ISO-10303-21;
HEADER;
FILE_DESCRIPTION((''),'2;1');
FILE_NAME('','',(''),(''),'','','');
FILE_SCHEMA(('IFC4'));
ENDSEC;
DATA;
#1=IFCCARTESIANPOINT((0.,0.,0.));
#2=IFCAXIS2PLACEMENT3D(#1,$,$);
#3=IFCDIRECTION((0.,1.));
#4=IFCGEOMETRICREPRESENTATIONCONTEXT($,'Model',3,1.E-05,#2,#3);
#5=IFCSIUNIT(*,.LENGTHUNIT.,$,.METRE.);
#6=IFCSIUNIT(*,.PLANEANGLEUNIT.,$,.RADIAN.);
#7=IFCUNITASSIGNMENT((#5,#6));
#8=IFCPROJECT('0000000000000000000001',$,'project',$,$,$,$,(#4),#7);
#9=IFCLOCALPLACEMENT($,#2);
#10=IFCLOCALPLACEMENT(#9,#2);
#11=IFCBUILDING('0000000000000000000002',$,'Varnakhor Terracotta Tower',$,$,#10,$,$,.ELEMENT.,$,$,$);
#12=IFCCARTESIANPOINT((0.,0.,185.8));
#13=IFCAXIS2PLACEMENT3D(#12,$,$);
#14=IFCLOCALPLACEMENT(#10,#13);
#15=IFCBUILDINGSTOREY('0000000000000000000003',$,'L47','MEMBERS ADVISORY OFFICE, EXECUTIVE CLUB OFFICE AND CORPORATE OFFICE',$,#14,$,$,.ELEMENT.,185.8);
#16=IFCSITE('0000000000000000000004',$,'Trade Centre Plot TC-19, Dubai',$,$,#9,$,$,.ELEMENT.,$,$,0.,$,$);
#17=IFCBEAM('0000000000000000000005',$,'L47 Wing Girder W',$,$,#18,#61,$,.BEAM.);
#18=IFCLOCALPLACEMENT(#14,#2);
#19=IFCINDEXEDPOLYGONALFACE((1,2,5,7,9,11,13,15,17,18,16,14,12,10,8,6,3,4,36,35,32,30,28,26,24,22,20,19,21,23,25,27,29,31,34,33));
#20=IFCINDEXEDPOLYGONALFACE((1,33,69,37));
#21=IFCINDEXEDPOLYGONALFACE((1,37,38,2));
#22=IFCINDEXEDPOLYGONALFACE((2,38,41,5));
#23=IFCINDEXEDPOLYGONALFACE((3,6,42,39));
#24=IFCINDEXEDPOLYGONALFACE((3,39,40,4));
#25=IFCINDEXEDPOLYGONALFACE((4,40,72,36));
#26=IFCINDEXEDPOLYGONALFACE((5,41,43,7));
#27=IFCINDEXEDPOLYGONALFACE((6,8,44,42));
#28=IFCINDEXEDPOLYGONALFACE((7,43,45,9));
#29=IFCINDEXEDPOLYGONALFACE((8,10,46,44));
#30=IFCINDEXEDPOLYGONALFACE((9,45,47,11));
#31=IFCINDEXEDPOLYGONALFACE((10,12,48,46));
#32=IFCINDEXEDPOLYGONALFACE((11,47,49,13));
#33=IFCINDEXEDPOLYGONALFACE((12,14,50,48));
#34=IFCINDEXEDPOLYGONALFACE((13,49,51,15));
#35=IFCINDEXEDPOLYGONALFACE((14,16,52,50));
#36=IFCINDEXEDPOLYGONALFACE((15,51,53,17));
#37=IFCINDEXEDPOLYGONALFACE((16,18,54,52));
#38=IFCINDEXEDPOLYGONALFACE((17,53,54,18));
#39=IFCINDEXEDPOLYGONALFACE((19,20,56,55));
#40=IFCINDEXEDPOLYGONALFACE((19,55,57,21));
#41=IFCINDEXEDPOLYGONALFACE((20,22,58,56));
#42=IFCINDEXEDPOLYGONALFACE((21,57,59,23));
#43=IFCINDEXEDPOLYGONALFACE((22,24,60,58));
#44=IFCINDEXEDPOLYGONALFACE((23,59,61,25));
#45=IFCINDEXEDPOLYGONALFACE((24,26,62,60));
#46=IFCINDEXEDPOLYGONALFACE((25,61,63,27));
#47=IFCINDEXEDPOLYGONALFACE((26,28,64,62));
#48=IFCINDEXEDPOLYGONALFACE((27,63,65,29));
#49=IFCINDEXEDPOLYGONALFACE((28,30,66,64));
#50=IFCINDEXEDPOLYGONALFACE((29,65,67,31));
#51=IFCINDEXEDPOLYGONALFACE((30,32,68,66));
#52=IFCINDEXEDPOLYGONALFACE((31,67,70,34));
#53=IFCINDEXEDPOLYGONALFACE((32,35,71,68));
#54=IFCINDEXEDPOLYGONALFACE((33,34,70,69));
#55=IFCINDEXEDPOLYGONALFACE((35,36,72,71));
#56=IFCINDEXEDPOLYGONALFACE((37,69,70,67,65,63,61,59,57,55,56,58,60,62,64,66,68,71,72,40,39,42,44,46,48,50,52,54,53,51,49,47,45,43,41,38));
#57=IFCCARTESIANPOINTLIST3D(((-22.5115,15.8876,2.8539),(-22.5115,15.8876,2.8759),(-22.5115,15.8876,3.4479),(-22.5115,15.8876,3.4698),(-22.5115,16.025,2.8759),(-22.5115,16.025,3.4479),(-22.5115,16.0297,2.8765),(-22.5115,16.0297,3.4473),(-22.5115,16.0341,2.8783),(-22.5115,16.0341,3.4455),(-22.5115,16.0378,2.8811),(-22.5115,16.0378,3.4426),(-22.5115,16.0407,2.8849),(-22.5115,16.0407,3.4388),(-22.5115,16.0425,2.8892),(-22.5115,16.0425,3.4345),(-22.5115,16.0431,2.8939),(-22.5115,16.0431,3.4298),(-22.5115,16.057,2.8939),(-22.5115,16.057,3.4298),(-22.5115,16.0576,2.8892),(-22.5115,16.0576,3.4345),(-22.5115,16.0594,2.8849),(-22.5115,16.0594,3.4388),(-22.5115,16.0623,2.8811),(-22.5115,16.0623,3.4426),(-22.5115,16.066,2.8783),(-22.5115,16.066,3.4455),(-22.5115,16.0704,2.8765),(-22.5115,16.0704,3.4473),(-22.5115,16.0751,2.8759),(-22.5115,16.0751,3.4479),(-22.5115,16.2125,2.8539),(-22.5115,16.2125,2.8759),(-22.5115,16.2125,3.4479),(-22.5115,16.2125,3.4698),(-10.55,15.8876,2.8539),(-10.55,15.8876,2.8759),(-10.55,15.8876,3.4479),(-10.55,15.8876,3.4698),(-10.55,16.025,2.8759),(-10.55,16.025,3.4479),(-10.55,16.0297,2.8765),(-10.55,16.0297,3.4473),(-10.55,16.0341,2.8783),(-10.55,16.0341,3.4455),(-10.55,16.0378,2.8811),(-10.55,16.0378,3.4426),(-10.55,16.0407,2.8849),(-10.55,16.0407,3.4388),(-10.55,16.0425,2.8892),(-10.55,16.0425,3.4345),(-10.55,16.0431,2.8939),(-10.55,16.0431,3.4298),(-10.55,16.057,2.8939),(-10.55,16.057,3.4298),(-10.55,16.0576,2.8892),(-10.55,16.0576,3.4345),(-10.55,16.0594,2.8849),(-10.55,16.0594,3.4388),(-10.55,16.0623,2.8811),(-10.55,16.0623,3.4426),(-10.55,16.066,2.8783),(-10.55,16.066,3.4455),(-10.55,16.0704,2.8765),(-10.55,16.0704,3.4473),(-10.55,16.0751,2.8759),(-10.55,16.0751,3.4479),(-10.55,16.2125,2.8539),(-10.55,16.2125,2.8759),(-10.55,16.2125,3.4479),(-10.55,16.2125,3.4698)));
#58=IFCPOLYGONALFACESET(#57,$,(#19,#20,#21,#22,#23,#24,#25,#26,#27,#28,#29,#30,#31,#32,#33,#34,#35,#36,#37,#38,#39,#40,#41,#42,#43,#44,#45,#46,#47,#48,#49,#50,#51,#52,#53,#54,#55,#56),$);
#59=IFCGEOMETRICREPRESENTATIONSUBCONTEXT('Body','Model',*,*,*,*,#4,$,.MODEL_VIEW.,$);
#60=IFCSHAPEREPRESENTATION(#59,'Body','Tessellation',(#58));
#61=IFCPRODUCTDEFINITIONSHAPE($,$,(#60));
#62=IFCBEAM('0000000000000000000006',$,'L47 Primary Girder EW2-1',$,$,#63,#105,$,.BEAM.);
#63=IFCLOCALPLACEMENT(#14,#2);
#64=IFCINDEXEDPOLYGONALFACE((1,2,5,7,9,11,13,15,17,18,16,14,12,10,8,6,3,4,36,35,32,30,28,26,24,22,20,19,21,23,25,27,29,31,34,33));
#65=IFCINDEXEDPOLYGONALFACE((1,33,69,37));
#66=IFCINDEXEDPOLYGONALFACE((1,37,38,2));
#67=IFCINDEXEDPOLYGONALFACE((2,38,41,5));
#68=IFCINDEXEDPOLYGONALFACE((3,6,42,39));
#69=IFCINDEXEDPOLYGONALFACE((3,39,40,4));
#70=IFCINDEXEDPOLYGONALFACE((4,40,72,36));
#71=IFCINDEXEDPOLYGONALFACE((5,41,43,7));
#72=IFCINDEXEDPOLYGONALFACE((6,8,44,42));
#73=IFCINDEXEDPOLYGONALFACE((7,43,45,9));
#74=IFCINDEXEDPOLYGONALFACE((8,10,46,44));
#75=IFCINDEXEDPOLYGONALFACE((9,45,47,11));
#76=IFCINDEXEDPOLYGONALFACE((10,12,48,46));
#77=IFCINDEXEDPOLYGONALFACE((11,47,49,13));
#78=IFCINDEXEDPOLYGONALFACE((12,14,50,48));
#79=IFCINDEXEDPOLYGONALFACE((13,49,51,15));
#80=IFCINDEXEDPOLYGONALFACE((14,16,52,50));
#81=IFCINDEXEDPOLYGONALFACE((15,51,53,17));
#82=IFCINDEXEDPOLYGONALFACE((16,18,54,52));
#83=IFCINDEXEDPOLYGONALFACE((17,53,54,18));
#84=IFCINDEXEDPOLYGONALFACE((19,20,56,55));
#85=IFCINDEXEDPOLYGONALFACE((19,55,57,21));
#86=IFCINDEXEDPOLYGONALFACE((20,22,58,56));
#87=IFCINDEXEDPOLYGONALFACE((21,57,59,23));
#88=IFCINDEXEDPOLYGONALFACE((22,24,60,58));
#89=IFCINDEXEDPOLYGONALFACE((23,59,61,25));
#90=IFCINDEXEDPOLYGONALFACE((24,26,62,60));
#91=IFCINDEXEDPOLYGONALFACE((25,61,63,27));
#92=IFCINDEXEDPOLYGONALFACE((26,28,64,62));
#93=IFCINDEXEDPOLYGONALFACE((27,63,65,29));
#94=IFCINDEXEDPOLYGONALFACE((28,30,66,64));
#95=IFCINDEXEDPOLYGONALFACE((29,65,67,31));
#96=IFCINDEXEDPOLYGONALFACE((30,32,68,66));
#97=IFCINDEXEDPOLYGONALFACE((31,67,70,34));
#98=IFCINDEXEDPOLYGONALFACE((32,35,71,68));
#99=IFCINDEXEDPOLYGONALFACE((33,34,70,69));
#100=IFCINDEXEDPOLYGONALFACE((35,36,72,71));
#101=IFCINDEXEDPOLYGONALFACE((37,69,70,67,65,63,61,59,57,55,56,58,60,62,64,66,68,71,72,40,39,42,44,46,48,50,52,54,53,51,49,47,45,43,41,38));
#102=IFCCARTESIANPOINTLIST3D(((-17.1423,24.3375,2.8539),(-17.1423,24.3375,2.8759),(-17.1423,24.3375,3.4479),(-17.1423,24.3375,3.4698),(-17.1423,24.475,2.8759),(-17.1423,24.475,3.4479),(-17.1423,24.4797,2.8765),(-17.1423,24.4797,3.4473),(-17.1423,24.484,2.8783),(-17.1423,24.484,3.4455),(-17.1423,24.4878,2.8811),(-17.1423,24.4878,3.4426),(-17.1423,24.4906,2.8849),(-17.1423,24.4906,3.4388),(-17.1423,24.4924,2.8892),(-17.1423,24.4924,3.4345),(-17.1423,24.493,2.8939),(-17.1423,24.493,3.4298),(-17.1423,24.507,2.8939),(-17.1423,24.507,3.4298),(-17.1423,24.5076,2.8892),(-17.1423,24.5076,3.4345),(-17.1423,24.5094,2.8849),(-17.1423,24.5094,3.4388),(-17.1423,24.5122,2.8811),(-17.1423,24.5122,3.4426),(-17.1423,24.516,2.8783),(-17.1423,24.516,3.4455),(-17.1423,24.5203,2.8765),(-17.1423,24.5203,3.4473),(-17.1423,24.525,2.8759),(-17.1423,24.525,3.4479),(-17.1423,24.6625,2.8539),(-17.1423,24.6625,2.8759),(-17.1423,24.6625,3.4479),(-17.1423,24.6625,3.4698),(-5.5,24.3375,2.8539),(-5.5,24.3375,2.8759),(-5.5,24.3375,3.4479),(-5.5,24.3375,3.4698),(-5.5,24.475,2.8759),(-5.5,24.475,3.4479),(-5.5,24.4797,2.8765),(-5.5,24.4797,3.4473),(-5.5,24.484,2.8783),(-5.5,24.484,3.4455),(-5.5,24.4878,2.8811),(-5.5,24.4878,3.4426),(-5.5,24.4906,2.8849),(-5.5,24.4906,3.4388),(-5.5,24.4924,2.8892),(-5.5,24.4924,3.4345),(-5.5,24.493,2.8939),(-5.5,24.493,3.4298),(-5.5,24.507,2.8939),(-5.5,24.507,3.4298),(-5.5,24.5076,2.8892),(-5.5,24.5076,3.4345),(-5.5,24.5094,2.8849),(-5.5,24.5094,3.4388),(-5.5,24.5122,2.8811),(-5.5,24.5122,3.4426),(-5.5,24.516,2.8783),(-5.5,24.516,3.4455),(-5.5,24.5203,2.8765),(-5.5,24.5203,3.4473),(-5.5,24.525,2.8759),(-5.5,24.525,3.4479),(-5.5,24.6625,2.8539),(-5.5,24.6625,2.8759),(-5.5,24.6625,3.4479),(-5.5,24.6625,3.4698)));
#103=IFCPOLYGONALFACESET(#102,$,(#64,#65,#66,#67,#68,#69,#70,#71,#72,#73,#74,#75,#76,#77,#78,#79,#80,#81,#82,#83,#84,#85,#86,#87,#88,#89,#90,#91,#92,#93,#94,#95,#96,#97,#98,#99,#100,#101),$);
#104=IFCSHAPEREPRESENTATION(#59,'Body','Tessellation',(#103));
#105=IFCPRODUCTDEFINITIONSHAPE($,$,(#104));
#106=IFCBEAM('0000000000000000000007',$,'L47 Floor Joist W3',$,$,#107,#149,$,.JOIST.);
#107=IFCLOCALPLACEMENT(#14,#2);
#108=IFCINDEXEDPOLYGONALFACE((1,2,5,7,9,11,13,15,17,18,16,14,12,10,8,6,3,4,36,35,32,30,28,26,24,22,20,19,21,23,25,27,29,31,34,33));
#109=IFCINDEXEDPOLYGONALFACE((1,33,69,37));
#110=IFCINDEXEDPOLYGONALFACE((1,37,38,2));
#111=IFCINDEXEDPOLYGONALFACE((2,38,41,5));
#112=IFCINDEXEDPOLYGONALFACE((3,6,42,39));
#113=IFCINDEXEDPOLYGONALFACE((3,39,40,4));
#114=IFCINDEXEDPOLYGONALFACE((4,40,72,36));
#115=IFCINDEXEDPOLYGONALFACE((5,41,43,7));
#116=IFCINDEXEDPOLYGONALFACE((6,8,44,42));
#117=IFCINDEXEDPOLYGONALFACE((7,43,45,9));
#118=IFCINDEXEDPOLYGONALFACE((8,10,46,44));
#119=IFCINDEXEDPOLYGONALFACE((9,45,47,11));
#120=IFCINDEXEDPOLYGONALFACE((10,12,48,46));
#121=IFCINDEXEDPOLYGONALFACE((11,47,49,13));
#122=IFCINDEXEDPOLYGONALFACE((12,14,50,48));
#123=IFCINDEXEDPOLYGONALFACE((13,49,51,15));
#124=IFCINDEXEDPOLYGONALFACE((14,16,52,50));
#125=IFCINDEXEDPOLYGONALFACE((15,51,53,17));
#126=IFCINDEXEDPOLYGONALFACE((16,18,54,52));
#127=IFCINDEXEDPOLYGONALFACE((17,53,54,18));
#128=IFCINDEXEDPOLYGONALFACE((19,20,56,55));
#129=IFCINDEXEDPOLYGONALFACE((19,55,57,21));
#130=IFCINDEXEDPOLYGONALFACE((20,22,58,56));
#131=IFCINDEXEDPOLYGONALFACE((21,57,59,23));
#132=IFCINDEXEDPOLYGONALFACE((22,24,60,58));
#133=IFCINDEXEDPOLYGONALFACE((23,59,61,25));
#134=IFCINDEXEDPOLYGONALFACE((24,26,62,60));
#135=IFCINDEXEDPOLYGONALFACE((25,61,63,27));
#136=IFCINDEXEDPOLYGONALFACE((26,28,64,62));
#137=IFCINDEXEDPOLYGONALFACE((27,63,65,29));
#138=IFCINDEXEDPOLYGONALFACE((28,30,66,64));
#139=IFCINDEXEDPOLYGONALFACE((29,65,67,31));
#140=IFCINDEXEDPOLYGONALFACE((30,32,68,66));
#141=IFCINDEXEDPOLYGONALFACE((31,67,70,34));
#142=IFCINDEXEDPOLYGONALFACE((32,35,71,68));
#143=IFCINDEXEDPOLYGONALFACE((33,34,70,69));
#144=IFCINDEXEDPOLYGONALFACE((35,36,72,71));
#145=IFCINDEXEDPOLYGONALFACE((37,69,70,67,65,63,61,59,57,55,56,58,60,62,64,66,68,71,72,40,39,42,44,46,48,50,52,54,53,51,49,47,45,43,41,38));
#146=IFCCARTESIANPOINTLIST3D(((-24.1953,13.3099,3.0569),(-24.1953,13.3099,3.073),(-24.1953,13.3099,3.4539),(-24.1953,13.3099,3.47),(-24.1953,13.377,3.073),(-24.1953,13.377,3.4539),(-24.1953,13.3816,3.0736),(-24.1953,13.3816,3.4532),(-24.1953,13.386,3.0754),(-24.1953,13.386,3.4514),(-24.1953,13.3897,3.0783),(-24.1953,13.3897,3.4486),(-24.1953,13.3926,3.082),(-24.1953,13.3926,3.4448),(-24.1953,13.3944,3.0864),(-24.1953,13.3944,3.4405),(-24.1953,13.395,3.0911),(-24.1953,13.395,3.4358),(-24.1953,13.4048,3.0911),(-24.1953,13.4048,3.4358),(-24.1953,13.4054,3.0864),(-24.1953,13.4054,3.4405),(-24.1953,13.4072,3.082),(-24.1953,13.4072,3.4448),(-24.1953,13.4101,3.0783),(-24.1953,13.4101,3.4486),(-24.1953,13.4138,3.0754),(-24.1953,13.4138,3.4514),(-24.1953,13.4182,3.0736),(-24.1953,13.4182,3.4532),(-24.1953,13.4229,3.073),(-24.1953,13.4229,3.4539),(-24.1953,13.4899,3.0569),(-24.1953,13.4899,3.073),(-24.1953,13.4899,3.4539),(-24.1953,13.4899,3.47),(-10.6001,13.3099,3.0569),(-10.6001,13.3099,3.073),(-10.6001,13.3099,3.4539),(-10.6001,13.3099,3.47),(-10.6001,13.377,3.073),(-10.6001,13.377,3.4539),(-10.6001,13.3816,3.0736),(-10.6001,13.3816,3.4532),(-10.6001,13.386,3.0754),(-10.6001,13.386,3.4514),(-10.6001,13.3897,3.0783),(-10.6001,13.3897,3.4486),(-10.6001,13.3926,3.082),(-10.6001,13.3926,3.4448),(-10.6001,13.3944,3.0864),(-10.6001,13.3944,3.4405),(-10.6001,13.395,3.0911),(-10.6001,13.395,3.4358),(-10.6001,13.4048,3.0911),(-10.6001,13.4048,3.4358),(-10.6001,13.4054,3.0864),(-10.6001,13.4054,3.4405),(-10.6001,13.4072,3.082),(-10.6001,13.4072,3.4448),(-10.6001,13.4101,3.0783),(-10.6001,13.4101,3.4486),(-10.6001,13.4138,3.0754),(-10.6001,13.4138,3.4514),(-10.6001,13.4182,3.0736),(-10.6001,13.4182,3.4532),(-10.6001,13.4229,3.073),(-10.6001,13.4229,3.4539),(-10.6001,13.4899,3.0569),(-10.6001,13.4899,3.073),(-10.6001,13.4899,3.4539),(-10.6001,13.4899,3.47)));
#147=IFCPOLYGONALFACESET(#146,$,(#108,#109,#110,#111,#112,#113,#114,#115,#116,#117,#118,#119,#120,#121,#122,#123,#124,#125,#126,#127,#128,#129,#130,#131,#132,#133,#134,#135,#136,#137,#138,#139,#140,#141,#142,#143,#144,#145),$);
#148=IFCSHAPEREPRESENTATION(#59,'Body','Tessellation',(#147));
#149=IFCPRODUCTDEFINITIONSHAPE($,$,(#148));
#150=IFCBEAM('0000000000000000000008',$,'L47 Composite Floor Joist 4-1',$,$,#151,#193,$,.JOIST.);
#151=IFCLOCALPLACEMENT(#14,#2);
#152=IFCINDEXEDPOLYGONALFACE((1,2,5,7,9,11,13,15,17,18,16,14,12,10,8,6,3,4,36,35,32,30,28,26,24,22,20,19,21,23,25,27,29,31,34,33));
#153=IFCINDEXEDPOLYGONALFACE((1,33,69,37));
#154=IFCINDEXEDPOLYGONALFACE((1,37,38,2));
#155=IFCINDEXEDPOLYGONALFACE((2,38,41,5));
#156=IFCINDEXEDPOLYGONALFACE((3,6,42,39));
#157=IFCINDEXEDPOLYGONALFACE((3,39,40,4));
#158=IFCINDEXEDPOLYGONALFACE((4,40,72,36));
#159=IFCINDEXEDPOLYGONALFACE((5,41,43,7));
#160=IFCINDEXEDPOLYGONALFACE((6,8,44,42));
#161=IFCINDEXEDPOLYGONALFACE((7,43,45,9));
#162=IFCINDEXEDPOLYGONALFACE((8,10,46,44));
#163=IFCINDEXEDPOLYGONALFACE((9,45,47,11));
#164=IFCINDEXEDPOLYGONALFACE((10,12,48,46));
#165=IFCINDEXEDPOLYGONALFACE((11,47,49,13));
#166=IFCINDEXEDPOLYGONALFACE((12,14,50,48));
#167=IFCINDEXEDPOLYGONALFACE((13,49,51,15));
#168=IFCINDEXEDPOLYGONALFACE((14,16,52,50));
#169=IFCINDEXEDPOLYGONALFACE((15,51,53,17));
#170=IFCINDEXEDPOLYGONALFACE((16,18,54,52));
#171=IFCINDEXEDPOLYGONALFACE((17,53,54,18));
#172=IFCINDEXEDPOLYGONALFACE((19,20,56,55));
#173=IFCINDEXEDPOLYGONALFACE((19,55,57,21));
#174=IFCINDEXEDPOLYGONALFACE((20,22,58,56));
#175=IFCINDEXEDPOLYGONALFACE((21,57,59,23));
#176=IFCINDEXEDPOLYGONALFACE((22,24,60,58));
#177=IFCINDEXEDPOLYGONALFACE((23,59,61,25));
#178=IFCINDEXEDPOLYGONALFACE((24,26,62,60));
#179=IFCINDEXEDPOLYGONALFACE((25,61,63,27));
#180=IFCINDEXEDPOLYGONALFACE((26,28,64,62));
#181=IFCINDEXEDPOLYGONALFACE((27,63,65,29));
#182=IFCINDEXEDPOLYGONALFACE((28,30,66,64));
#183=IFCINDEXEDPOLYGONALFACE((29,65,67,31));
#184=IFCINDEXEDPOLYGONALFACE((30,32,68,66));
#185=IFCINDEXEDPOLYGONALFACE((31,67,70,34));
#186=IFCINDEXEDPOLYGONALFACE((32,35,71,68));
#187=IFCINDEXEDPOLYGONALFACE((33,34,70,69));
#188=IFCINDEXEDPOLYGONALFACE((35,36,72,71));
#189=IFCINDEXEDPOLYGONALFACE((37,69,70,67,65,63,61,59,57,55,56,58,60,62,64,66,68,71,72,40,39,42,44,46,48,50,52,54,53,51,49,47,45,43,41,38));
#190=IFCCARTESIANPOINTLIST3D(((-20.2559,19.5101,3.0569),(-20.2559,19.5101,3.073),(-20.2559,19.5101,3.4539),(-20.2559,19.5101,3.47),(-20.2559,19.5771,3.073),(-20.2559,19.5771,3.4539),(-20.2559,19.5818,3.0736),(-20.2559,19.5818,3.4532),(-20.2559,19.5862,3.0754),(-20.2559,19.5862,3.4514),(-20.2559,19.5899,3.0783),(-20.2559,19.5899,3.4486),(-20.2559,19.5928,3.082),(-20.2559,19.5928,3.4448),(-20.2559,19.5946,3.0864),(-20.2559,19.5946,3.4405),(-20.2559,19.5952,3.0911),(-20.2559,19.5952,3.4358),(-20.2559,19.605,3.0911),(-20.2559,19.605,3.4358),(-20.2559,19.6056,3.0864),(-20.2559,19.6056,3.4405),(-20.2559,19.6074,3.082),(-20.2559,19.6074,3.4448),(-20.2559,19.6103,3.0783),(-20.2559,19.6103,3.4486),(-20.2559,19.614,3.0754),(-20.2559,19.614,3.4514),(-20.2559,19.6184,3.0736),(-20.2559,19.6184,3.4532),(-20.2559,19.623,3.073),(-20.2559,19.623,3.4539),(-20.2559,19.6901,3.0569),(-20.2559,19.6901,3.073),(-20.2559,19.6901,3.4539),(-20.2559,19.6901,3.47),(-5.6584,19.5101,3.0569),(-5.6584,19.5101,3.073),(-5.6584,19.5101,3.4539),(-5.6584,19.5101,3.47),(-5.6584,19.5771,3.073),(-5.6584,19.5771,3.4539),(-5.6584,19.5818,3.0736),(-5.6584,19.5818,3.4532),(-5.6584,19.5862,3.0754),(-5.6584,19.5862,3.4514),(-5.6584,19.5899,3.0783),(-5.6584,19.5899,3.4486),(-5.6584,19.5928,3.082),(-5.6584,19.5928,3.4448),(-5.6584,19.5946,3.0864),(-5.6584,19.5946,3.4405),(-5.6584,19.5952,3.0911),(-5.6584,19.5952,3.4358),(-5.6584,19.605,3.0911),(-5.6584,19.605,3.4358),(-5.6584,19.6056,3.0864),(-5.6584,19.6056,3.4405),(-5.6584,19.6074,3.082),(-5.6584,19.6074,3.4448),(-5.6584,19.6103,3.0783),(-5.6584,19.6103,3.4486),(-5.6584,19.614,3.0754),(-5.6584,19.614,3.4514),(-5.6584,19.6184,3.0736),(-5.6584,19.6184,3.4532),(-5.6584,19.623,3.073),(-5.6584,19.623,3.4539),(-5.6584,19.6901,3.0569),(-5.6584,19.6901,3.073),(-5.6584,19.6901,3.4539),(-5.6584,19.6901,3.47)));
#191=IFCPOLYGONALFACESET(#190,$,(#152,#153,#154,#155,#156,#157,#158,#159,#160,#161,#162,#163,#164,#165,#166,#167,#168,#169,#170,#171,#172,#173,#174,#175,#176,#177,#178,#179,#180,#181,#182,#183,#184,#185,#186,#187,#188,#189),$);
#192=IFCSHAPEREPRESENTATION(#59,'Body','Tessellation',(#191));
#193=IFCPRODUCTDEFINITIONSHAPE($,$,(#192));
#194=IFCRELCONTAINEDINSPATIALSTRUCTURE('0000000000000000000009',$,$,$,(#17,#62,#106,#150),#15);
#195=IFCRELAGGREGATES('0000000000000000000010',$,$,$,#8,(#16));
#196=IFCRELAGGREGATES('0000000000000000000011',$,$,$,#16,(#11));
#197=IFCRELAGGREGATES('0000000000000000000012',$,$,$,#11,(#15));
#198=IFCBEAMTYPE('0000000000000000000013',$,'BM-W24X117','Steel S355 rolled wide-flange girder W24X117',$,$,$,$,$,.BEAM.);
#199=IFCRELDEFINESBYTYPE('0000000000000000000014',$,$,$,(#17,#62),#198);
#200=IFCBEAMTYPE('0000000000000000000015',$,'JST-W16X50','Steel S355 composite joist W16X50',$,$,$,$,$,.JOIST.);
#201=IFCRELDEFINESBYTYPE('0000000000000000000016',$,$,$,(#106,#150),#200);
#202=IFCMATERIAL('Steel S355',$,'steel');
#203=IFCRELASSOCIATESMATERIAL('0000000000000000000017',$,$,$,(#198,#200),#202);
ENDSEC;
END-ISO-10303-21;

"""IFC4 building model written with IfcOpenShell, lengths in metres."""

from ifc_helpers import new_model, si_unit, direction, frame, origin, origin_2d, place, context, subcontext, project, spatial, i_section, extrude, source, transform, mapped, material, material_profile, profile_set, type_object, element, save


model = new_model("IFC4")

# Units and contexts
model_context = context("Model", 3, precision=1e-05, world=origin(), true_north=direction((0.0, 1.0)))
body_context = subcontext(model_context, "Body", "Model", "MODEL_VIEW")
ifc_project = project(units=[si_unit("LENGTHUNIT", "METRE"), si_unit("PLANEANGLEUNIT", "RADIAN")], contexts=[model_context])

# Site, building, storey
site_placement = place(None, origin())
site = spatial("IfcSite", under=ifc_project, at=site_placement, Name="Trade Centre Plot TC-19, Dubai", CompositionType="ELEMENT", RefElevation=0.0)
building_placement = place(site_placement, origin())
building = spatial("IfcBuilding", under=site, at=building_placement, Name="Varnakhor Terracotta Tower", CompositionType="ELEMENT")
storey_placement = place(building_placement, frame((0.0, 0.0, 185.8)))
storey = spatial("IfcBuildingStorey", under=building, at=storey_placement, Name="L47", Description="MEMBERS ADVISORY OFFICE, EXECUTIVE CLUB OFFICE AND CORPORATE OFFICE", CompositionType="ELEMENT", Elevation=185.8)

# Beams
ifc_material_1 = material(Name="Steel S355", Category="steel")
ifc_material_profile_1 = material_profile(ifc_material_1, i_section(OverallWidth=0.325, OverallDepth=0.616, WebThickness=0.0139, FlangeThickness=0.022, FilletRadius=0.0181, at=origin_2d()), Name="W24X117")
ifc_profile_set_1 = profile_set([ifc_material_profile_1], Name="Steel S355")
beam_type_1 = type_object("IfcBeamType", Name="BM-W24X117", Description="Steel S355 rolled wide-flange girder W24X117", PredefinedType="BEAM", material=ifc_profile_set_1)
shared_shape_1 = source(origin(), body_context, "Body", "SweptSolid", [
    extrude(i_section(OverallWidth=0.325, OverallDepth=0.616, WebThickness=0.0139, FlangeThickness=0.022, FilletRadius=0.0181, at=origin_2d()), origin(), (0.0, 0.0, 1.0), 11.9614),
])
beam_1_placement = place(storey_placement, frame((-22.5115, 16.05, 3.1619), z_axis=(1.0, 0.0, 0.0), x_axis=(0.0, 1.0, 0.0)))
element("IfcBeam", 1, at=beam_1_placement, inside=storey, type_object=beam_type_1, Name="L47 Wing Girder W", PredefinedType="BEAM", context=body_context, shape_type="MappedRepresentation", body=[
    mapped(shared_shape_1, transform((0.0, 0.0, 0.0), scale=1.0)),
])
shared_shape_2 = source(origin(), body_context, "Body", "SweptSolid", [
    extrude(i_section(OverallWidth=0.325, OverallDepth=0.616, WebThickness=0.0139, FlangeThickness=0.022, FilletRadius=0.0181, at=origin_2d()), origin(), (0.0, 0.0, 1.0), 11.6423),
])
beam_2_placement = place(storey_placement, frame((-17.1423, 24.5, 3.1619), z_axis=(1.0, 0.0, 0.0), x_axis=(0.0, 1.0, 0.0)))
element("IfcBeam", 2, at=beam_2_placement, inside=storey, type_object=beam_type_1, Name="L47 Primary Girder EW2-1", PredefinedType="BEAM", context=body_context, shape_type="MappedRepresentation", body=[
    mapped(shared_shape_2, transform((0.0, 0.0, 0.0), scale=1.0)),
])
ifc_material_profile_2 = material_profile(ifc_material_1, i_section(OverallWidth=0.1799, OverallDepth=0.4131, WebThickness=0.0098, FlangeThickness=0.0161, FilletRadius=0.0181, at=origin_2d()), Name="W16X50")
ifc_profile_set_2 = profile_set([ifc_material_profile_2], Name="Steel S355")
beam_type_2 = type_object("IfcBeamType", Name="JST-W16X50", Description="Steel S355 composite joist W16X50", PredefinedType="JOIST", material=ifc_profile_set_2)
shared_shape_3 = source(origin(), body_context, "Body", "SweptSolid", [
    extrude(i_section(OverallWidth=0.1799, OverallDepth=0.4131, WebThickness=0.0098, FlangeThickness=0.0161, FilletRadius=0.0181, at=origin_2d()), origin(), (0.0, 0.0, 1.0), 13.5952),
])
beam_3_placement = place(storey_placement, frame((-24.1953, 13.3999, 3.2634), z_axis=(1.0, 0.0, 0.0), x_axis=(0.0, 1.0, 0.0)))
element("IfcBeam", 3, at=beam_3_placement, inside=storey, type_object=beam_type_2, Name="L47 Floor Joist W3", PredefinedType="JOIST", context=body_context, shape_type="MappedRepresentation", body=[
    mapped(shared_shape_3, transform((0.0, 0.0, 0.0), scale=1.0)),
])
shared_shape_4 = source(origin(), body_context, "Body", "SweptSolid", [
    extrude(i_section(OverallWidth=0.1799, OverallDepth=0.4131, WebThickness=0.0098, FlangeThickness=0.0161, FilletRadius=0.0181, at=origin_2d()), origin(), (0.0, 0.0, 1.0), 14.5974),
])
beam_4_placement = place(storey_placement, frame((-20.2559, 19.6001, 3.2634), z_axis=(1.0, 0.0, 0.0), x_axis=(0.0, 1.0, 0.0)))
element("IfcBeam", 4, at=beam_4_placement, inside=storey, type_object=beam_type_2, Name="L47 Composite Floor Joist 4-1", PredefinedType="JOIST", context=body_context, shape_type="MappedRepresentation", body=[
    mapped(shared_shape_4, transform((0.0, 0.0, 0.0), scale=1.0)),
])

save(model, "model.ifc")
